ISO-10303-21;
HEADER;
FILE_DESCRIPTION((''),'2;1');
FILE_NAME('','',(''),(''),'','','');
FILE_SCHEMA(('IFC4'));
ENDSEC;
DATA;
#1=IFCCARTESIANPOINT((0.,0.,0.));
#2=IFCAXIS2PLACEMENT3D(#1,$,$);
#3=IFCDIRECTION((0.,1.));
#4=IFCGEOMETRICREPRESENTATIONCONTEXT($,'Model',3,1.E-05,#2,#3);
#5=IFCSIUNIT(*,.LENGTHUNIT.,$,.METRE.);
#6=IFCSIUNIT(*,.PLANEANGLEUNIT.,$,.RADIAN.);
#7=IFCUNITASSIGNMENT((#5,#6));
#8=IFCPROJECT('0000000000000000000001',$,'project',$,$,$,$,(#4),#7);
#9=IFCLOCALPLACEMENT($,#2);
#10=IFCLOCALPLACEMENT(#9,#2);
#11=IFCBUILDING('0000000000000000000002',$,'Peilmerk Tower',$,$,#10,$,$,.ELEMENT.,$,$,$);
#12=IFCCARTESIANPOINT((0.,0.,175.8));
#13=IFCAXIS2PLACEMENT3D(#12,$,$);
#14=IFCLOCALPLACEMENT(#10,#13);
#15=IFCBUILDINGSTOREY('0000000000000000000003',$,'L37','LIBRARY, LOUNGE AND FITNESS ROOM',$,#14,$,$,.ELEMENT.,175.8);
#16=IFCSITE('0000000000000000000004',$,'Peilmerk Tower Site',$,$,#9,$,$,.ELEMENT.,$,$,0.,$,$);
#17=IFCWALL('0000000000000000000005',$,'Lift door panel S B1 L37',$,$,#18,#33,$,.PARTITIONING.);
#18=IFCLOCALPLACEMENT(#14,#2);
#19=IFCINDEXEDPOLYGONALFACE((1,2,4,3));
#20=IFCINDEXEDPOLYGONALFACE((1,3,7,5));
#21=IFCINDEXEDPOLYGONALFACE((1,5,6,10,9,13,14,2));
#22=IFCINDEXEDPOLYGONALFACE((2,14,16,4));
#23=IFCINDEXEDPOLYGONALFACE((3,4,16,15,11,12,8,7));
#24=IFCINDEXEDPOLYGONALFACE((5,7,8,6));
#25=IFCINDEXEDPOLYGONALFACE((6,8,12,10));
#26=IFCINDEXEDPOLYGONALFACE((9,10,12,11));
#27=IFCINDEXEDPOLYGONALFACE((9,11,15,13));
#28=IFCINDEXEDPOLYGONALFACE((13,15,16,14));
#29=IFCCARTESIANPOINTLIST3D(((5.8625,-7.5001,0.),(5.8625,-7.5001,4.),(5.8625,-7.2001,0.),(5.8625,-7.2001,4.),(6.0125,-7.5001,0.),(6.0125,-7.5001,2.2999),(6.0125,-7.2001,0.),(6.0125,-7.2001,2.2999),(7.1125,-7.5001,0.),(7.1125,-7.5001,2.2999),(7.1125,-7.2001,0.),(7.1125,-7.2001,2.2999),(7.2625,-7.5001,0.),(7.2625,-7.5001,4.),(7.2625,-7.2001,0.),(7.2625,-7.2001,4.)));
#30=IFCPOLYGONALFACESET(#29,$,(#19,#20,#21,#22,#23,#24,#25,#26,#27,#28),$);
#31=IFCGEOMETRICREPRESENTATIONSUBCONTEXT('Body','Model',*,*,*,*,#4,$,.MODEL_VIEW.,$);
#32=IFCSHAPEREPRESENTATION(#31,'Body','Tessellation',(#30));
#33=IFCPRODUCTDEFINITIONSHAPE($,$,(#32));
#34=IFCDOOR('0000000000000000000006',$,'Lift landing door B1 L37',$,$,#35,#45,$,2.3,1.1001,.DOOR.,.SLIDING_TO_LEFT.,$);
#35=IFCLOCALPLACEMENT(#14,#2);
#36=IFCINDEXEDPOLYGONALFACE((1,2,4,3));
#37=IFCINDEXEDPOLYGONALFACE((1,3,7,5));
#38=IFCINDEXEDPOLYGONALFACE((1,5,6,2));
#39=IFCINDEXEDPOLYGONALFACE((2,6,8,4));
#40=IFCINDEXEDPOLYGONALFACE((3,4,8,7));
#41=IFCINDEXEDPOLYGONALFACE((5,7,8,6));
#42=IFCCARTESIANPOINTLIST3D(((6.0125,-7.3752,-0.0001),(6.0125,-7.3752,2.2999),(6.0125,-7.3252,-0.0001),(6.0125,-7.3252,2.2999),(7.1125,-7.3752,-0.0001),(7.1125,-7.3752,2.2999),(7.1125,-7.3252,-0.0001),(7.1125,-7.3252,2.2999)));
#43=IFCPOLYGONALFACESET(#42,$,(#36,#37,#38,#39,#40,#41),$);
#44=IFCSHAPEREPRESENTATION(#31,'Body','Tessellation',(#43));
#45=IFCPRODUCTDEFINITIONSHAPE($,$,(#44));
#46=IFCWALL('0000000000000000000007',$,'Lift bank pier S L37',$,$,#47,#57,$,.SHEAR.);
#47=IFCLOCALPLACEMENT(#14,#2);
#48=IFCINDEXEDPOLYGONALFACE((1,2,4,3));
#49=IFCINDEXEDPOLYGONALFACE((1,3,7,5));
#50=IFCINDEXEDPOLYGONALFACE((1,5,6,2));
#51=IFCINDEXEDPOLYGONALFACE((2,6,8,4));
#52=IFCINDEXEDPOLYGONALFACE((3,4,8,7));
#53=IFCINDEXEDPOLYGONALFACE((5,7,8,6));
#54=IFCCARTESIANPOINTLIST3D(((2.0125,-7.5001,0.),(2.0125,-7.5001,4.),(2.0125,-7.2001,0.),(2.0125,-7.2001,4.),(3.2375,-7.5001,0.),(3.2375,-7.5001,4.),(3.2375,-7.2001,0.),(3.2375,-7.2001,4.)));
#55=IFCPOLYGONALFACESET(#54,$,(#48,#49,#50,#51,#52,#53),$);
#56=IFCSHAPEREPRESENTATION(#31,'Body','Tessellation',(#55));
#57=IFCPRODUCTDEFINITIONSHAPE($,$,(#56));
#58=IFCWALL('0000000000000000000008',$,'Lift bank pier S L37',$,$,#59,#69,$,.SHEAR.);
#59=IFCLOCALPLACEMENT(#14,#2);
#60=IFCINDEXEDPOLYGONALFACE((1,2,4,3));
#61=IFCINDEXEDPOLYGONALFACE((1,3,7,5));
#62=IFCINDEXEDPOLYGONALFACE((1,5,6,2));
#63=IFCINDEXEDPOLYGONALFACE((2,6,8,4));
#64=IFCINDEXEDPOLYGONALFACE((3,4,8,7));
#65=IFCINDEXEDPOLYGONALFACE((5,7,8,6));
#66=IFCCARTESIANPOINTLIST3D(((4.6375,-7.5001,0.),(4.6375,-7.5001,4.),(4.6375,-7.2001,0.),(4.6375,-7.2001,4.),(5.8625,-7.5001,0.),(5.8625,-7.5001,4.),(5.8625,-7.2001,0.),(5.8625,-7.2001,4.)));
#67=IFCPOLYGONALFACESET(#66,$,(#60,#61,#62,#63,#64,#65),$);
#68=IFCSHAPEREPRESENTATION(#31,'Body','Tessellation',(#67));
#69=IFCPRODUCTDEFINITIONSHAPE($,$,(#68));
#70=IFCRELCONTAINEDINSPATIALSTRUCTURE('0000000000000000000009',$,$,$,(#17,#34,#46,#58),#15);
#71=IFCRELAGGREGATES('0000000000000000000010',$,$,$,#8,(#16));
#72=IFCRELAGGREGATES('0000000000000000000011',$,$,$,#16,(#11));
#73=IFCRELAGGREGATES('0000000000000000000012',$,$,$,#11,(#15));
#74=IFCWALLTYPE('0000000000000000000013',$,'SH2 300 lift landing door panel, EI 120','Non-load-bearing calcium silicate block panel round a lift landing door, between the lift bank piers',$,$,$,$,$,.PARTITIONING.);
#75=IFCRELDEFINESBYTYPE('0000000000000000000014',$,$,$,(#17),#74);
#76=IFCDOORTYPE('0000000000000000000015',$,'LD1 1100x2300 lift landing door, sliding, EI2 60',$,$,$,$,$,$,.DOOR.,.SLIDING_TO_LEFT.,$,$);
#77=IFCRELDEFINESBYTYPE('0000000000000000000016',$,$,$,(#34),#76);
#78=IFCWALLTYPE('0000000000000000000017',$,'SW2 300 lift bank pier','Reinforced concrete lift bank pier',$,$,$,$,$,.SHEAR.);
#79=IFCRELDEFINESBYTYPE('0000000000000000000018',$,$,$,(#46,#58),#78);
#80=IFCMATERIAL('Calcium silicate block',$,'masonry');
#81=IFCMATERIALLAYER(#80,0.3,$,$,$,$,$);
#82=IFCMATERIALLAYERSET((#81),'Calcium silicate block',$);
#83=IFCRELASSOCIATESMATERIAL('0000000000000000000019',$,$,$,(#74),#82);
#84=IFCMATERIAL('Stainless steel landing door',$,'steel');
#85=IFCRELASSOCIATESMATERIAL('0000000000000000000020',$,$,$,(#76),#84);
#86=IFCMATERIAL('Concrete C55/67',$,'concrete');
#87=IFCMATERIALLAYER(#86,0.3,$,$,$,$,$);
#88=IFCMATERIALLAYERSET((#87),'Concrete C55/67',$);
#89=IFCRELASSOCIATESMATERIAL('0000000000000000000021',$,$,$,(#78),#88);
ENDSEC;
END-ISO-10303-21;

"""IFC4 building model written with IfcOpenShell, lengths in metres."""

from ifc_helpers import new_model, si_unit, direction, frame, frame_2d, origin, place, context, subcontext, project, spatial, rectangle, extrude, material, layer, layer_set, type_object, element, fill, save


model = new_model("IFC4")

# Units and contexts
model_context = context("Model", 3, precision=1e-05, world=origin(), true_north=direction((0.0, 1.0)))
body_context = subcontext(model_context, "Body", "Model", "MODEL_VIEW")
ifc_project = project(units=[si_unit("LENGTHUNIT", "METRE"), si_unit("PLANEANGLEUNIT", "RADIAN")], contexts=[model_context])

# Site, building, storey
site_placement = place(None, origin())
site = spatial("IfcSite", under=ifc_project, at=site_placement, Name="Peilmerk Tower Site", CompositionType="ELEMENT", RefElevation=0.0)
building_placement = place(site_placement, origin())
building = spatial("IfcBuilding", under=site, at=building_placement, Name="Peilmerk Tower", CompositionType="ELEMENT")
storey_placement = place(building_placement, frame((0.0, 0.0, 175.8)))
storey = spatial("IfcBuildingStorey", under=building, at=storey_placement, Name="L37", Description="LIBRARY, LOUNGE AND FITNESS ROOM", CompositionType="ELEMENT", Elevation=175.8)

# Shared definitions
ifc_material_1 = material(Name="Calcium silicate block", Category="masonry")

# Wall, opening, door
ifc_layer_1 = layer(ifc_material_1, 0.3)
ifc_layer_set_1 = layer_set([ifc_layer_1], Name="Calcium silicate block")
wall_type_1 = type_object("IfcWallType", Name="SH2 300 lift landing door panel, EI 120", Description="Non-load-bearing calcium silicate block panel round a lift landing door, between the lift bank piers", PredefinedType="PARTITIONING", material=ifc_layer_set_1)
ifc_material_2 = material(Name="Stainless steel landing door", Category="steel")
door_type = type_object("IfcDoorType", Name="LD1 1100x2300 lift landing door, sliding, EI2 60", OperationType="SLIDING_TO_LEFT", PredefinedType="DOOR", material=ifc_material_2)
wall_1_placement = place(storey_placement, frame((5.8625, -7.3501, 0.0), z_axis=(0.0, 0.0, 1.0), x_axis=(1.0, 0.0, 0.0)))
wall_1 = element("IfcWall", 1, at=wall_1_placement, inside=storey, type_object=wall_type_1, Name="Lift door panel S B1 L37", PredefinedType="PARTITIONING", context=body_context, shape_type="SweptSolid", body=[
    extrude(rectangle(XDim=1.3999, YDim=0.3, at=frame_2d((0.7, 0.0))), origin(), (0.0, 0.0, 1.0), 4.0),
])
opening_1_placement = place(wall_1_placement, frame((0.1499, 0.0, 0.0)))
opening_1 = element("IfcOpeningElement", 2, at=opening_1_placement, cuts=wall_1, PredefinedType="OPENING", context=body_context, shape_type="SweptSolid", body=[
    extrude(rectangle(XDim=1.1001, YDim=2.3, at=frame_2d((0.55, 1.1499))), frame((0.0, 0.1599, 0.0), z_axis=(0.0, -1.0, 0.0), x_axis=(1.0, 0.0, 0.0)), (0.0, 0.0, 1.0), 0.3201),
])
door_1_placement = place(opening_1_placement, origin())
door_1 = element("IfcDoor", 3, at=door_1_placement, inside=storey, type_object=door_type, Name="Lift landing door B1 L37", OperationType="SLIDING_TO_LEFT", OverallHeight=2.3, OverallWidth=1.1001, PredefinedType="DOOR", context=body_context, shape_type="SweptSolid", body=[
    extrude(rectangle(XDim=1.1001, YDim=2.3, at=frame_2d((0.55, 1.1499))), frame((0.0, 0.0249, 0.0), z_axis=(0.0, -1.0, 0.0), x_axis=(1.0, 0.0, 0.0)), (0.0, 0.0, 1.0), 0.05),
])
fill(opening_1, door_1)

# Walls
ifc_material_3 = material(Name="Concrete C55/67", Category="concrete")
ifc_layer_2 = layer(ifc_material_3, 0.3)
ifc_layer_set_2 = layer_set([ifc_layer_2], Name="Concrete C55/67")
wall_type_2 = type_object("IfcWallType", Name="SW2 300 lift bank pier", Description="Reinforced concrete lift bank pier", PredefinedType="SHEAR", material=ifc_layer_set_2)
for number, where, z_axis, x_axis, name in (
    (4, (2.0125, -7.3501, 0.0), (0.0, 0.0, 1.0), (1.0, 0.0, 0.0), "Lift bank pier S L37"),
    (5, (4.6375, -7.3501, 0.0), (0.0, 0.0, 1.0), (1.0, 0.0, 0.0), "Lift bank pier S L37"),
):
    element("IfcWall", number, at=place(storey_placement, frame(where, z_axis=z_axis, x_axis=x_axis)), inside=storey, type_object=wall_type_2, Name=name, PredefinedType="SHEAR", context=body_context, shape_type="SweptSolid", body=[
        extrude(rectangle(XDim=1.2251, YDim=0.3, at=frame_2d((0.6125, 0.0))), origin(), (0.0, 0.0, 1.0), 4.0),
    ])

save(model, "model.ifc")
